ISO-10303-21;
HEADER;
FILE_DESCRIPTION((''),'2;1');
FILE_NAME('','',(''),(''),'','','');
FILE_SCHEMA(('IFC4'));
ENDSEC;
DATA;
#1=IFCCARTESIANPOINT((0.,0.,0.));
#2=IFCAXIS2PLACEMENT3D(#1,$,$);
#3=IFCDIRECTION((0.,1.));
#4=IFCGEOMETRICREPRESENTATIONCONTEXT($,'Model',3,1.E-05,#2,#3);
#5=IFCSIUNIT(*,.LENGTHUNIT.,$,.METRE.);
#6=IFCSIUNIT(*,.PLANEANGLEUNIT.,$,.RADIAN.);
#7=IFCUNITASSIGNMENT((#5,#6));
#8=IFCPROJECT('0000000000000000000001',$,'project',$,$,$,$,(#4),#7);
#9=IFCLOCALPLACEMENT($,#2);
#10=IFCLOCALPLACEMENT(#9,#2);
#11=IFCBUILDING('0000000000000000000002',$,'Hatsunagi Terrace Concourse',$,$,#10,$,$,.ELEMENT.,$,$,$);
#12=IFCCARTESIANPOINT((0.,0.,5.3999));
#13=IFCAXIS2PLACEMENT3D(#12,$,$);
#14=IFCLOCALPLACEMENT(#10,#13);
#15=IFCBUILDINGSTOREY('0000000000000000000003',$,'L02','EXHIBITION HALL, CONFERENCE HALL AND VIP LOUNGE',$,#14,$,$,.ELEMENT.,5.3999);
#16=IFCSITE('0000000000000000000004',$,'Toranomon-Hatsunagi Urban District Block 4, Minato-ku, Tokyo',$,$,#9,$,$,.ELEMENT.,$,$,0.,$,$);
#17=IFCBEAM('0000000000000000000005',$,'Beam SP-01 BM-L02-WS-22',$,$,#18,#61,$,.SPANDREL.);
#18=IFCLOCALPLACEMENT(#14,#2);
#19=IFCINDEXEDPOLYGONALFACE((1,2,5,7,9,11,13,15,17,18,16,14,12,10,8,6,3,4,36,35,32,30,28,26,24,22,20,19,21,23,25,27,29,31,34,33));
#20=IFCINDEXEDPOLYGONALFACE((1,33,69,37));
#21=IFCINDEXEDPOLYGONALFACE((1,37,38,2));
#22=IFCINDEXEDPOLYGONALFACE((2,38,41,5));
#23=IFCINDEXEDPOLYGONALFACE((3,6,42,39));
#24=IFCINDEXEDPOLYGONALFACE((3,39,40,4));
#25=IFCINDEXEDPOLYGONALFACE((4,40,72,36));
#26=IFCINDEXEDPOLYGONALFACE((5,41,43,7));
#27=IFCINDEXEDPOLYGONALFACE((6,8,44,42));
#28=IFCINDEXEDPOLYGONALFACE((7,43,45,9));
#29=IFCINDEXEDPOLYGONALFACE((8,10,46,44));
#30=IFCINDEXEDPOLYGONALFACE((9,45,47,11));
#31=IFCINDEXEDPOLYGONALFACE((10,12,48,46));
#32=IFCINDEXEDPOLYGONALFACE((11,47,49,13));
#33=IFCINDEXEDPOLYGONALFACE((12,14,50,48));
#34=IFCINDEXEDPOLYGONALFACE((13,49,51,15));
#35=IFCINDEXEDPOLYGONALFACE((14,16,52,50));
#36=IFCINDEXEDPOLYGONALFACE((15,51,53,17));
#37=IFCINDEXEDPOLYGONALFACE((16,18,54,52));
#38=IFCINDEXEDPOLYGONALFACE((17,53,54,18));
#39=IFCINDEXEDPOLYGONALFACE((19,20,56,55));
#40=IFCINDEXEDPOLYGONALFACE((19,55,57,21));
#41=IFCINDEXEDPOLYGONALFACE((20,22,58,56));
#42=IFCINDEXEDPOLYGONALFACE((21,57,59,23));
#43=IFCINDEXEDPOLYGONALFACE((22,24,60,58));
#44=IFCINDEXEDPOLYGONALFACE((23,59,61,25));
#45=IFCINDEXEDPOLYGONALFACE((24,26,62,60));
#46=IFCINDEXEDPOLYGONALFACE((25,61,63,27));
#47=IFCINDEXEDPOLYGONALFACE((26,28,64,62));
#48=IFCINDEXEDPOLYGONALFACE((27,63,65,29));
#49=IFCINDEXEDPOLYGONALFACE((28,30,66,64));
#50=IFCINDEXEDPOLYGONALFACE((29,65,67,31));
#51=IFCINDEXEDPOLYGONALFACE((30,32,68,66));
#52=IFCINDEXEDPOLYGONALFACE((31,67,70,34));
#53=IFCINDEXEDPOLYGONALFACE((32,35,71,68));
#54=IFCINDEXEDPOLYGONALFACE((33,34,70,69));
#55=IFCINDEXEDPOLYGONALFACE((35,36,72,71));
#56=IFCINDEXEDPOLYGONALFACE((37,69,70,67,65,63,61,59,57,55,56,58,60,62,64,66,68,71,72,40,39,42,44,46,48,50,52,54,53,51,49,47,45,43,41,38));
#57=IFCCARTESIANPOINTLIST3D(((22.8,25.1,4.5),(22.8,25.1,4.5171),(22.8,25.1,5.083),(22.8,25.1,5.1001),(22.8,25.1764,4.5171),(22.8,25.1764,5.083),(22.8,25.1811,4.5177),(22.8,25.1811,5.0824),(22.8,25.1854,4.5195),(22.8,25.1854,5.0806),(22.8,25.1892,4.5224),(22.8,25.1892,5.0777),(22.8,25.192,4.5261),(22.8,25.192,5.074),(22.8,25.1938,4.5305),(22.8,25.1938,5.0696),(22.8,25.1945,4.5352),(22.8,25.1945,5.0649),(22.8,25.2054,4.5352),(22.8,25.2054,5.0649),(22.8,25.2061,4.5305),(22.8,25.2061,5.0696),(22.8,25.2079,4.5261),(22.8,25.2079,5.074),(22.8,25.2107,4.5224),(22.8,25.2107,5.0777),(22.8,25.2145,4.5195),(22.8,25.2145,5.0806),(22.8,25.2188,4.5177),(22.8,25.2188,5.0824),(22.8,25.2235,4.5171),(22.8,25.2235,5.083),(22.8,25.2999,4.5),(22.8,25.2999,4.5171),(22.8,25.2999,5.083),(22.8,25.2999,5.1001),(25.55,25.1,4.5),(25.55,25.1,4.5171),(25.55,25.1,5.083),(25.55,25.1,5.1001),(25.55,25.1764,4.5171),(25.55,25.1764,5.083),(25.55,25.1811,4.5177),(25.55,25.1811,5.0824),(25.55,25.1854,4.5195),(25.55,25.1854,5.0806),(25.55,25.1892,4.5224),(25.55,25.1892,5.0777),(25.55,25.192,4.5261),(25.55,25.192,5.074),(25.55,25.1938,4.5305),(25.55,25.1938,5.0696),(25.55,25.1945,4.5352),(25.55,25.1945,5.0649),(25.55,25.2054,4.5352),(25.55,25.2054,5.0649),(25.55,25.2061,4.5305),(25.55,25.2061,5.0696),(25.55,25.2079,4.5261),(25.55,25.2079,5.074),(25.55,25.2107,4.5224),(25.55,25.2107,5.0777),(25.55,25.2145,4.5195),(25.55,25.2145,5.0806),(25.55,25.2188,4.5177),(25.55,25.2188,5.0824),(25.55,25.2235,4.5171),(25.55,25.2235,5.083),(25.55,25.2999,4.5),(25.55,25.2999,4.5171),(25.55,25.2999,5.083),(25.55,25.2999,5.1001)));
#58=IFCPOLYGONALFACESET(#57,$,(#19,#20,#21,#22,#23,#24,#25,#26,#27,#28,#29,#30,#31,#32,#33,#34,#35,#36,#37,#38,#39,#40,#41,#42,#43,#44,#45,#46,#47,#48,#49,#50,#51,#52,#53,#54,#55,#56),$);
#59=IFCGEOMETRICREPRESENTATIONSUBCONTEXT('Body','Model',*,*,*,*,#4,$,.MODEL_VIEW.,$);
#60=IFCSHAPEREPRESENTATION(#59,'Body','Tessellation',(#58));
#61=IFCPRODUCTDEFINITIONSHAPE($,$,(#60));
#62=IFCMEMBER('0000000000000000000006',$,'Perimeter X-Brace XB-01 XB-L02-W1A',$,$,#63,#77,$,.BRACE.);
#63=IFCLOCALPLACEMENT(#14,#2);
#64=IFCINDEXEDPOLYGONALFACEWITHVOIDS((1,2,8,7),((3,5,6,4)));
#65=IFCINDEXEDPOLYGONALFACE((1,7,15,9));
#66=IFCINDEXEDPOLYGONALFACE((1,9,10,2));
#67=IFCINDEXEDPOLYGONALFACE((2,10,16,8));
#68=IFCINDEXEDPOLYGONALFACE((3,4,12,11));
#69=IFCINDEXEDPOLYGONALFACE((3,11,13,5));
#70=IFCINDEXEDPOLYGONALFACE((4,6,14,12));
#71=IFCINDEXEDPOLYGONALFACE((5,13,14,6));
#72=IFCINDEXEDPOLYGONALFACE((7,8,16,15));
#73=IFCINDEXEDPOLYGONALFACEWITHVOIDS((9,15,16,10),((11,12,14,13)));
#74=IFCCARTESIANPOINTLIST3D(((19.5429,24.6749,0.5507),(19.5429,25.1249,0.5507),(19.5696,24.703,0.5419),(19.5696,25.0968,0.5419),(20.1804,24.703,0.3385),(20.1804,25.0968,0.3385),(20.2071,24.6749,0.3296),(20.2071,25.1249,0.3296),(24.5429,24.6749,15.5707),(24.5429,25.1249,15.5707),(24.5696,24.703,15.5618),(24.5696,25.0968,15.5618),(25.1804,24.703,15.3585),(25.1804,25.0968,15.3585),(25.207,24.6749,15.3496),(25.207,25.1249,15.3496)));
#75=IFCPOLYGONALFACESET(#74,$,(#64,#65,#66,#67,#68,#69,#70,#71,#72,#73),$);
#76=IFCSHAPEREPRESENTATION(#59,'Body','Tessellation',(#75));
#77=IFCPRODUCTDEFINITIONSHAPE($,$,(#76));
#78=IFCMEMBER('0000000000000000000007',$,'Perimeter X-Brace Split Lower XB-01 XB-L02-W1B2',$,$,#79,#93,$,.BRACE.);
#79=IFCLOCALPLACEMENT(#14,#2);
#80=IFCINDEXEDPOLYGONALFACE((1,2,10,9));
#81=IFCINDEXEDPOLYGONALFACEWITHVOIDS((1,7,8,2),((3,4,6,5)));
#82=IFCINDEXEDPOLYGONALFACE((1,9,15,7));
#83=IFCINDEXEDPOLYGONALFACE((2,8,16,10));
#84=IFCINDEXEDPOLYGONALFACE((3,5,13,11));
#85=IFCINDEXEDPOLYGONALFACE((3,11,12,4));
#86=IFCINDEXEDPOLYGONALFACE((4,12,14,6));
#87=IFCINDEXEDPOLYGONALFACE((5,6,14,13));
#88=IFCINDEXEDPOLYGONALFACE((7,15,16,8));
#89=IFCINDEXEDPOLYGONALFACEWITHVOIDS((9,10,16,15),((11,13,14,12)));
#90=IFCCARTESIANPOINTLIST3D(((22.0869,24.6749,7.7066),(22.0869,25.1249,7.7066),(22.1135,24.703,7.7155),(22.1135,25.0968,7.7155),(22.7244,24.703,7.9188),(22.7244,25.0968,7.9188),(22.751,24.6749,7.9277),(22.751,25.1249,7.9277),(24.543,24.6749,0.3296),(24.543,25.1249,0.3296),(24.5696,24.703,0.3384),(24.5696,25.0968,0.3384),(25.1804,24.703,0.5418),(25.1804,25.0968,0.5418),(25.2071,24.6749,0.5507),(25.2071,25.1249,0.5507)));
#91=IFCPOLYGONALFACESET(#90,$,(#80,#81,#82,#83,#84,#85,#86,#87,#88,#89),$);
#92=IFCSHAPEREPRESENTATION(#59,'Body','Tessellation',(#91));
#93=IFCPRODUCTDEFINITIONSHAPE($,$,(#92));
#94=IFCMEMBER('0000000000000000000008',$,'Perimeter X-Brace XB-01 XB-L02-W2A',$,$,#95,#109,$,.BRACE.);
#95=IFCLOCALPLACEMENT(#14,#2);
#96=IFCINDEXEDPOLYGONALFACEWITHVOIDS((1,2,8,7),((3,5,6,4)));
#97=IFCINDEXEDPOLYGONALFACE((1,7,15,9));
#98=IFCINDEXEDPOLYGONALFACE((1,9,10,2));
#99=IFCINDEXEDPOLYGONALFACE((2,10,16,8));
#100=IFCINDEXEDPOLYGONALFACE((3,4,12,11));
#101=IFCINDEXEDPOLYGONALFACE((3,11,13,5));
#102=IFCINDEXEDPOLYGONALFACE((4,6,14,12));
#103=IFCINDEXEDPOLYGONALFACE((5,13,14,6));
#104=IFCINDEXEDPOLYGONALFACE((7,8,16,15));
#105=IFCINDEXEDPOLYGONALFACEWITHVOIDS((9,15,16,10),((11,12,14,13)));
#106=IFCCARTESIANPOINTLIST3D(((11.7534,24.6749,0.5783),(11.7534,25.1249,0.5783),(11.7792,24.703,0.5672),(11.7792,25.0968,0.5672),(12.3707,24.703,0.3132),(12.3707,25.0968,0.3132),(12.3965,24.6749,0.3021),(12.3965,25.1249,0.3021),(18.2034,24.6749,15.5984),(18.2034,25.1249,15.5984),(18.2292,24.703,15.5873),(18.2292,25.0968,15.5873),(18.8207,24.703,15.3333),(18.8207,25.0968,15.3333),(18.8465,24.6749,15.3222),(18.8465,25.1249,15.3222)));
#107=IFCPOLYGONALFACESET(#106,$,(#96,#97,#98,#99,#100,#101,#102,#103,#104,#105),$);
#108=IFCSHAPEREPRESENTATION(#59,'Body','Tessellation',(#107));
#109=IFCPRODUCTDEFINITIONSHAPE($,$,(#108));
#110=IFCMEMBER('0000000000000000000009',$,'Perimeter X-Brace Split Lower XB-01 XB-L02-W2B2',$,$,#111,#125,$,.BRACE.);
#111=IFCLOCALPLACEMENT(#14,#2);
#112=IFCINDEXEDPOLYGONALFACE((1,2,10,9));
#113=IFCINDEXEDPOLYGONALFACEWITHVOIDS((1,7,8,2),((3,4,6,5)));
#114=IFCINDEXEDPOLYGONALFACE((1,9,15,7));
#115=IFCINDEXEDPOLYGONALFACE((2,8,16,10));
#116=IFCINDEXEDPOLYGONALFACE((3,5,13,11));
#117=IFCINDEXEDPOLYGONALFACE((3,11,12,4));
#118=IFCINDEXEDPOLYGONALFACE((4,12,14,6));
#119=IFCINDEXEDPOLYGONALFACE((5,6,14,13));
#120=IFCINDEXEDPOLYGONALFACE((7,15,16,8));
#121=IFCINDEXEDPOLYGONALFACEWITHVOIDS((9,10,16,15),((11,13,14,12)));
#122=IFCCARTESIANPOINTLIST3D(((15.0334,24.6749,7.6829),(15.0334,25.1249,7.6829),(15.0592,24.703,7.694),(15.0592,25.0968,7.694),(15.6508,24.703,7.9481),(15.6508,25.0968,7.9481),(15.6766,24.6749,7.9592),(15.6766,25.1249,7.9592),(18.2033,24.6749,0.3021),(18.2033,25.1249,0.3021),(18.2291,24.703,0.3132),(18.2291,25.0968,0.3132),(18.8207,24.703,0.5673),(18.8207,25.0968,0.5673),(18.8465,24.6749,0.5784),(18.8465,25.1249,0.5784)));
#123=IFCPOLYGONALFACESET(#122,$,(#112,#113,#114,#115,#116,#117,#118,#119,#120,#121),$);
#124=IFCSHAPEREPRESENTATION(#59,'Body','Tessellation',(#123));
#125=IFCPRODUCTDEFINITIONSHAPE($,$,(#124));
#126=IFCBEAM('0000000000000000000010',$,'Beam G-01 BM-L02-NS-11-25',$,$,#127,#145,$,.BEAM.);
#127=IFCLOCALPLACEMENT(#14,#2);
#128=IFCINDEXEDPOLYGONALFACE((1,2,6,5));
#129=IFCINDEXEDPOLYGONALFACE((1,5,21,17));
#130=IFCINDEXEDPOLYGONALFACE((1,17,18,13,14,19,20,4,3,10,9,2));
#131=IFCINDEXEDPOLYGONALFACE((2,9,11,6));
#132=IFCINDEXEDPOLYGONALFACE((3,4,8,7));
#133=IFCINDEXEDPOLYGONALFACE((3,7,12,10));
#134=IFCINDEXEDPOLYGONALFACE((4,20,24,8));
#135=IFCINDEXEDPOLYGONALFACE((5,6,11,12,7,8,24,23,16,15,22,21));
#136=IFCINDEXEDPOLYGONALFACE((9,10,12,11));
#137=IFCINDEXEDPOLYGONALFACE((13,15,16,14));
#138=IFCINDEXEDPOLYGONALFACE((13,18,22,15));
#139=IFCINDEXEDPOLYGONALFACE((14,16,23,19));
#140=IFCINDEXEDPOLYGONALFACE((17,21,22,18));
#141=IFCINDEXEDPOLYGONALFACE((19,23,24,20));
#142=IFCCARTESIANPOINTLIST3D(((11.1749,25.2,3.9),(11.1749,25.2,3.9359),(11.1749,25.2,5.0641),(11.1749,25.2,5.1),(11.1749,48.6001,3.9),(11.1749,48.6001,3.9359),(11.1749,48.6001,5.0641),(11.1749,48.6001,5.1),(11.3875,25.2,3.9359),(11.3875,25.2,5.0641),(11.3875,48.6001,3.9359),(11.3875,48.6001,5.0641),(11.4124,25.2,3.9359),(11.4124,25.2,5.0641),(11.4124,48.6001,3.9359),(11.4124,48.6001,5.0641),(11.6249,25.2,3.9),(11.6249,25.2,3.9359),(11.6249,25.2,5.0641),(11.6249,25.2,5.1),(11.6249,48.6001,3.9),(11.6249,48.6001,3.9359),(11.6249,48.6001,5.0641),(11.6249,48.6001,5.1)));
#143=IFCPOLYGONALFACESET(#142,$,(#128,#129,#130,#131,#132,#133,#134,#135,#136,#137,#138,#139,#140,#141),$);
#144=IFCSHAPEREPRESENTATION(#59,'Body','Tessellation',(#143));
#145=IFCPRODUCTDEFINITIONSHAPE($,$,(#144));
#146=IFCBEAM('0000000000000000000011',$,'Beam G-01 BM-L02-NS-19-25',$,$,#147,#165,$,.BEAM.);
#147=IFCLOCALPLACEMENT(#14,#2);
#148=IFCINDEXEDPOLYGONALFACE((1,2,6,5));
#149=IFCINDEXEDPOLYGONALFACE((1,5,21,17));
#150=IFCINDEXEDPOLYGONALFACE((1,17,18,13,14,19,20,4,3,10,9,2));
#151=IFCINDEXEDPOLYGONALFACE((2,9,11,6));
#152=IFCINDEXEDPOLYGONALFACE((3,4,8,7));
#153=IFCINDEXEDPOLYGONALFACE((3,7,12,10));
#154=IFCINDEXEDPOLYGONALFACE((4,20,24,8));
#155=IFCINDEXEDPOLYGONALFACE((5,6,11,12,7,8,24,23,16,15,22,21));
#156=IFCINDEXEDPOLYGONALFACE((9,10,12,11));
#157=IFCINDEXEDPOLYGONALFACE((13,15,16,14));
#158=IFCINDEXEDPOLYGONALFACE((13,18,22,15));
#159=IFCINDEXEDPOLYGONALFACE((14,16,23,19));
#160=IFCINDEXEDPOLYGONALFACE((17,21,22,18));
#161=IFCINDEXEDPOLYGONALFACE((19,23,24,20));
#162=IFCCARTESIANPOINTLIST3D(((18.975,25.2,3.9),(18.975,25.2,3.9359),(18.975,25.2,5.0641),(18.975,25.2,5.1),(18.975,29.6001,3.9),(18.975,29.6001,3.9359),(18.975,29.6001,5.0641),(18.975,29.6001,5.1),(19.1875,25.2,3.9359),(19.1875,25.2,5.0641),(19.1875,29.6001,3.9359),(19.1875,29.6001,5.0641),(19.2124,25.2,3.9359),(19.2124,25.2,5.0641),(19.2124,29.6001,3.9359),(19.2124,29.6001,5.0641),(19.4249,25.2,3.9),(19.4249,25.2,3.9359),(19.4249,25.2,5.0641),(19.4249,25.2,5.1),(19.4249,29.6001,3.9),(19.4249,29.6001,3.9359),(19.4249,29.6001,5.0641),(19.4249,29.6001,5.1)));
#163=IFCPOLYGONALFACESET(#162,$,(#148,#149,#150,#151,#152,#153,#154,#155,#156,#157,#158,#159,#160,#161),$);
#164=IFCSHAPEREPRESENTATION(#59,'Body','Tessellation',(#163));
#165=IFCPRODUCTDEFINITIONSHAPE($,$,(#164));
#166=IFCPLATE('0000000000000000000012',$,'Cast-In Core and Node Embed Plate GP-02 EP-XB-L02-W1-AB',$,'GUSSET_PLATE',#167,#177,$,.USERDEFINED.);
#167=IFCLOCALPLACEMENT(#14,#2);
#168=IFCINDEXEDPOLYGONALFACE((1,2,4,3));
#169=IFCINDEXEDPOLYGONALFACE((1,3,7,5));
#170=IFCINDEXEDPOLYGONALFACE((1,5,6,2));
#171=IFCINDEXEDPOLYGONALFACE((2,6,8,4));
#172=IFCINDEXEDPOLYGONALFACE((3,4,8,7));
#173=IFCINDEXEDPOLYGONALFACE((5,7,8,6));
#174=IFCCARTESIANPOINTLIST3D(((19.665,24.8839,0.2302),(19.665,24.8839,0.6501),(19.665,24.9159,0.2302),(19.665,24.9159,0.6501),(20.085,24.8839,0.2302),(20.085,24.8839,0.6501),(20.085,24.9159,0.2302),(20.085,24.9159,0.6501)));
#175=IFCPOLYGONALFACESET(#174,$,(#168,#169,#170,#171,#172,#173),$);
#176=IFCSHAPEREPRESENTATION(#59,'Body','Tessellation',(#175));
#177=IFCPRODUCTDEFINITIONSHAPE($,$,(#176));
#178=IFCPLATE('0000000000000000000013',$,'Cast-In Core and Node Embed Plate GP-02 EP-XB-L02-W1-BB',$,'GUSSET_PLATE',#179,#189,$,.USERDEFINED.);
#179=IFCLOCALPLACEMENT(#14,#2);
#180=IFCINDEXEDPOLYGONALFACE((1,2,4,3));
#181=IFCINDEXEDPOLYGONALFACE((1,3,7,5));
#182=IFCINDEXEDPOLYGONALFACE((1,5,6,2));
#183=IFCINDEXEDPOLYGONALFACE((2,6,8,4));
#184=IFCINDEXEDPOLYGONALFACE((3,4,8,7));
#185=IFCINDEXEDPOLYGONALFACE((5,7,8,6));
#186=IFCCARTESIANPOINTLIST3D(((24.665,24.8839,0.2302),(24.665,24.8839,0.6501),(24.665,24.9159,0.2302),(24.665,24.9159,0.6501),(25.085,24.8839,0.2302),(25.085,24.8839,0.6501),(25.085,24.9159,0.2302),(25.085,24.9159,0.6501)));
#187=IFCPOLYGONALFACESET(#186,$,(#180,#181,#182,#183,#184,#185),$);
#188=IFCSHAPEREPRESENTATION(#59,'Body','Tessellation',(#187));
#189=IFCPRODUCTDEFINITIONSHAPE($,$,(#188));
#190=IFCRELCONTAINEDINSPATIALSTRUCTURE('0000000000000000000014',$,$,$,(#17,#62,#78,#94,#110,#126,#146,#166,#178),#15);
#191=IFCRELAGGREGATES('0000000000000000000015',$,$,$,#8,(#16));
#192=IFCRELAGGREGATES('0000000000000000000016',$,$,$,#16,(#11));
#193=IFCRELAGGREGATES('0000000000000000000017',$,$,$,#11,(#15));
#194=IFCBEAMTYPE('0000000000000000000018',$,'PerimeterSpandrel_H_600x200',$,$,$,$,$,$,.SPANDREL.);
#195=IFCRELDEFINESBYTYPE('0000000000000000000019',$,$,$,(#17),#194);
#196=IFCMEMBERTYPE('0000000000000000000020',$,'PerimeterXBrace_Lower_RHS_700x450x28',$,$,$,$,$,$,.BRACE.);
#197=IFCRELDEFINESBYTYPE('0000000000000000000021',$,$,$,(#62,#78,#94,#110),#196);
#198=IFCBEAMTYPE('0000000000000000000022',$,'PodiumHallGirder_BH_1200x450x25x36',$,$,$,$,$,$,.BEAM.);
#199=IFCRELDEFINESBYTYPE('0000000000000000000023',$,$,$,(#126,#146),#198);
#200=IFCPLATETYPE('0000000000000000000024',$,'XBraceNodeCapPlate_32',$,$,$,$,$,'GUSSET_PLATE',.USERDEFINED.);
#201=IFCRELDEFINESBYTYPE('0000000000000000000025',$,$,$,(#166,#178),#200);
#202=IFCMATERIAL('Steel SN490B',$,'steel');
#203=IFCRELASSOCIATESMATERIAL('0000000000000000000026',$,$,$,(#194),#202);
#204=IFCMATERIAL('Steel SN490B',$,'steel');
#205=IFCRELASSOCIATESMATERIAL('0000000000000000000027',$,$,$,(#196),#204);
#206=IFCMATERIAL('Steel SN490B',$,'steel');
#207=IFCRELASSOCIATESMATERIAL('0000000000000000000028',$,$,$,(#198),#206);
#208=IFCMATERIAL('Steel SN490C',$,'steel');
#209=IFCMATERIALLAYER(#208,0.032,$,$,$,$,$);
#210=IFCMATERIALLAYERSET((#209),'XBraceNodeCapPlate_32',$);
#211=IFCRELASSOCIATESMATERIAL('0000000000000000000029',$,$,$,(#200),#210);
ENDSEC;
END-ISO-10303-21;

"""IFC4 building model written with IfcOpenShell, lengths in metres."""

from ifc_helpers import new_model, si_unit, direction, frame, origin, origin_2d, place, context, subcontext, project, spatial, rectangle, hollow_rectangle, i_section, extrude, material, layer, layer_set, material_profile, profile_set, type_object, element, save


model = new_model("IFC4")

# Units and contexts
model_context = context("Model", 3, precision=1e-05, world=origin(), true_north=direction((0.0, 1.0)))
body_context = subcontext(model_context, "Body", "Model", "MODEL_VIEW")
ifc_project = project(units=[si_unit("LENGTHUNIT", "METRE"), si_unit("PLANEANGLEUNIT", "RADIAN")], contexts=[model_context])

# Site, building, storey
site_placement = place(None, origin())
site = spatial("IfcSite", under=ifc_project, at=site_placement, Name="Toranomon-Hatsunagi Urban District Block 4, Minato-ku, Tokyo", CompositionType="ELEMENT", RefElevation=0.0)
building_placement = place(site_placement, origin())
building = spatial("IfcBuilding", under=site, at=building_placement, Name="Hatsunagi Terrace Concourse", CompositionType="ELEMENT")
storey_placement = place(building_placement, frame((0.0, 0.0, 5.3999)))
storey = spatial("IfcBuildingStorey", under=building, at=storey_placement, Name="L02", Description="EXHIBITION HALL, CONFERENCE HALL AND VIP LOUNGE", CompositionType="ELEMENT", Elevation=5.3999)

# Beam
ifc_material_1 = material(Name="Steel SN490B", Category="steel")
ifc_material_profile_1 = material_profile(ifc_material_1, i_section(OverallWidth=0.2, OverallDepth=0.6001, WebThickness=0.011, FlangeThickness=0.0171, FilletRadius=0.0181, at=origin_2d()), Name="H-600x200x11x17")
ifc_profile_set_1 = profile_set([ifc_material_profile_1], Name="Steel SN490B")
beam_type_1 = type_object("IfcBeamType", Name="PerimeterSpandrel_H_600x200", PredefinedType="SPANDREL", material=ifc_profile_set_1)
beam_1_placement = place(storey_placement, frame((22.8, 25.2, 4.8), z_axis=(1.0, 0.0, 0.0), x_axis=(0.0, 1.0, 0.0)))
element("IfcBeam", 1, at=beam_1_placement, inside=storey, type_object=beam_type_1, Name="Beam SP-01 BM-L02-WS-22", PredefinedType="SPANDREL", context=body_context, shape_type="SweptSolid", body=[
    extrude(i_section(OverallWidth=0.2, OverallDepth=0.6001, WebThickness=0.011, FlangeThickness=0.0171, FilletRadius=0.0181, at=origin_2d()), origin(), (0.0, 0.0, 1.0), 2.75),
])

# Members
ifc_material_2 = material(Name="Steel SN490B", Category="steel")
ifc_material_profile_2 = material_profile(ifc_material_2, hollow_rectangle(XDim=0.45, YDim=0.7, WallThickness=0.0281, at=origin_2d()), Name="RHS-700x450x28")
ifc_profile_set_2 = profile_set([ifc_material_profile_2], Name="Steel SN490B")
member_type_1 = type_object("IfcMemberType", Name="PerimeterXBrace_Lower_RHS_700x450x28", PredefinedType="BRACE", material=ifc_profile_set_2)
member_1_placement = place(storey_placement, frame((19.875, 24.8999, 0.4402), z_axis=(0.315848, 0.0, 0.94881), x_axis=(0.0, 1.0, 0.0)))
element("IfcMember", 2, at=member_1_placement, inside=storey, type_object=member_type_1, Name="Perimeter X-Brace XB-01 XB-L02-W1A", PredefinedType="BRACE", context=body_context, shape_type="SweptSolid", body=[
    extrude(hollow_rectangle(XDim=0.45, YDim=0.7, WallThickness=0.0281, at=origin_2d()), origin(), (0.0, 0.0, 1.0), 15.8303),
])
member_2_placement = place(storey_placement, frame((22.4189, 24.8999, 7.8171), z_axis=(0.315889, 0.0, -0.948796), x_axis=(0.0, 1.0, 0.0)))
element("IfcMember", 3, at=member_2_placement, inside=storey, type_object=member_type_1, Name="Perimeter X-Brace Split Lower XB-01 XB-L02-W1B2", PredefinedType="BRACE", context=body_context, shape_type="SweptSolid", body=[
    extrude(hollow_rectangle(XDim=0.45, YDim=0.7, WallThickness=0.0281, at=origin_2d()), origin(), (0.0, 0.0, 1.0), 7.7751),
])
member_3_placement = place(storey_placement, frame((12.075, 24.8999, 0.4402), z_axis=(0.394581, 0.0, 0.918861), x_axis=(0.0, 1.0, 0.0)))
element("IfcMember", 4, at=member_3_placement, inside=storey, type_object=member_type_1, Name="Perimeter X-Brace XB-01 XB-L02-W2A", PredefinedType="BRACE", context=body_context, shape_type="SweptSolid", body=[
    extrude(hollow_rectangle(XDim=0.45, YDim=0.7, WallThickness=0.0281, at=origin_2d()), origin(), (0.0, 0.0, 1.0), 16.3464),
])
member_4_placement = place(storey_placement, frame((15.355, 24.8999, 7.821), z_axis=(0.394623, 0.0, -0.918843), x_axis=(0.0, 1.0, 0.0)))
element("IfcMember", 5, at=member_4_placement, inside=storey, type_object=member_type_1, Name="Perimeter X-Brace Split Lower XB-01 XB-L02-W2B2", PredefinedType="BRACE", context=body_context, shape_type="SweptSolid", body=[
    extrude(hollow_rectangle(XDim=0.45, YDim=0.7, WallThickness=0.0281, at=origin_2d()), origin(), (0.0, 0.0, 1.0), 8.0327),
])

# Beams
ifc_material_3 = material(Name="Steel SN490B", Category="steel")
ifc_material_profile_3 = material_profile(ifc_material_3, i_section(OverallWidth=0.45, OverallDepth=1.2, WebThickness=0.0249, FlangeThickness=0.0359, at=origin_2d()), Name="BH-1200x450x25x36")
ifc_profile_set_3 = profile_set([ifc_material_profile_3], Name="Steel SN490B")
beam_type_2 = type_object("IfcBeamType", Name="PodiumHallGirder_BH_1200x450x25x36", PredefinedType="BEAM", material=ifc_profile_set_3)
beam_2_placement = place(storey_placement, frame((11.3999, 25.2, 4.5), z_axis=(0.0, 1.0, 0.0), x_axis=(-1.0, 0.0, 0.0)))
element("IfcBeam", 6, at=beam_2_placement, inside=storey, type_object=beam_type_2, Name="Beam G-01 BM-L02-NS-11-25", PredefinedType="BEAM", context=body_context, shape_type="SweptSolid", body=[
    extrude(i_section(OverallWidth=0.45, OverallDepth=1.2, WebThickness=0.0249, FlangeThickness=0.0359, at=origin_2d()), origin(), (0.0, 0.0, 1.0), 23.4001),
])
beam_3_placement = place(storey_placement, frame((19.2, 25.2, 4.5), z_axis=(0.0, 1.0, 0.0), x_axis=(-1.0, 0.0, 0.0)))
element("IfcBeam", 7, at=beam_3_placement, inside=storey, type_object=beam_type_2, Name="Beam G-01 BM-L02-NS-19-25", PredefinedType="BEAM", context=body_context, shape_type="SweptSolid", body=[
    extrude(i_section(OverallWidth=0.45, OverallDepth=1.2, WebThickness=0.0249, FlangeThickness=0.0359, at=origin_2d()), origin(), (0.0, 0.0, 1.0), 4.4001),
])

# Plates
ifc_material_4 = material(Name="Steel SN490C", Category="steel")
ifc_layer_1 = layer(ifc_material_4, 0.032)
ifc_layer_set_1 = layer_set([ifc_layer_1], Name="XBraceNodeCapPlate_32")
plate_type = type_object("IfcPlateType", Name="XBraceNodeCapPlate_32", ElementType="GUSSET_PLATE", PredefinedType="USERDEFINED", material=ifc_layer_set_1)
for number, where, z_axis, x_axis, name in (
    (8, (19.875, 24.8999, 0.2302), (0.0, 0.0, 1.0), (1.0, 0.0, 0.0), "Cast-In Core and Node Embed Plate GP-02 EP-XB-L02-W1-AB"),
    (9, (24.875, 24.8999, 0.2302), (0.0, 0.0, 1.0), (1.0, 0.0, 0.0), "Cast-In Core and Node Embed Plate GP-02 EP-XB-L02-W1-BB"),
):
    element("IfcPlate", number, at=place(storey_placement, frame(where, z_axis=z_axis, x_axis=x_axis)), inside=storey, type_object=plate_type, Name=name, ObjectType="GUSSET_PLATE", PredefinedType="USERDEFINED", context=body_context, shape_type="SweptSolid", body=[
        extrude(rectangle(XDim=0.4199, YDim=0.032, at=origin_2d()), origin(), (0.0, 0.0, 1.0), 0.4199),
    ])

save(model, "model.ifc")
